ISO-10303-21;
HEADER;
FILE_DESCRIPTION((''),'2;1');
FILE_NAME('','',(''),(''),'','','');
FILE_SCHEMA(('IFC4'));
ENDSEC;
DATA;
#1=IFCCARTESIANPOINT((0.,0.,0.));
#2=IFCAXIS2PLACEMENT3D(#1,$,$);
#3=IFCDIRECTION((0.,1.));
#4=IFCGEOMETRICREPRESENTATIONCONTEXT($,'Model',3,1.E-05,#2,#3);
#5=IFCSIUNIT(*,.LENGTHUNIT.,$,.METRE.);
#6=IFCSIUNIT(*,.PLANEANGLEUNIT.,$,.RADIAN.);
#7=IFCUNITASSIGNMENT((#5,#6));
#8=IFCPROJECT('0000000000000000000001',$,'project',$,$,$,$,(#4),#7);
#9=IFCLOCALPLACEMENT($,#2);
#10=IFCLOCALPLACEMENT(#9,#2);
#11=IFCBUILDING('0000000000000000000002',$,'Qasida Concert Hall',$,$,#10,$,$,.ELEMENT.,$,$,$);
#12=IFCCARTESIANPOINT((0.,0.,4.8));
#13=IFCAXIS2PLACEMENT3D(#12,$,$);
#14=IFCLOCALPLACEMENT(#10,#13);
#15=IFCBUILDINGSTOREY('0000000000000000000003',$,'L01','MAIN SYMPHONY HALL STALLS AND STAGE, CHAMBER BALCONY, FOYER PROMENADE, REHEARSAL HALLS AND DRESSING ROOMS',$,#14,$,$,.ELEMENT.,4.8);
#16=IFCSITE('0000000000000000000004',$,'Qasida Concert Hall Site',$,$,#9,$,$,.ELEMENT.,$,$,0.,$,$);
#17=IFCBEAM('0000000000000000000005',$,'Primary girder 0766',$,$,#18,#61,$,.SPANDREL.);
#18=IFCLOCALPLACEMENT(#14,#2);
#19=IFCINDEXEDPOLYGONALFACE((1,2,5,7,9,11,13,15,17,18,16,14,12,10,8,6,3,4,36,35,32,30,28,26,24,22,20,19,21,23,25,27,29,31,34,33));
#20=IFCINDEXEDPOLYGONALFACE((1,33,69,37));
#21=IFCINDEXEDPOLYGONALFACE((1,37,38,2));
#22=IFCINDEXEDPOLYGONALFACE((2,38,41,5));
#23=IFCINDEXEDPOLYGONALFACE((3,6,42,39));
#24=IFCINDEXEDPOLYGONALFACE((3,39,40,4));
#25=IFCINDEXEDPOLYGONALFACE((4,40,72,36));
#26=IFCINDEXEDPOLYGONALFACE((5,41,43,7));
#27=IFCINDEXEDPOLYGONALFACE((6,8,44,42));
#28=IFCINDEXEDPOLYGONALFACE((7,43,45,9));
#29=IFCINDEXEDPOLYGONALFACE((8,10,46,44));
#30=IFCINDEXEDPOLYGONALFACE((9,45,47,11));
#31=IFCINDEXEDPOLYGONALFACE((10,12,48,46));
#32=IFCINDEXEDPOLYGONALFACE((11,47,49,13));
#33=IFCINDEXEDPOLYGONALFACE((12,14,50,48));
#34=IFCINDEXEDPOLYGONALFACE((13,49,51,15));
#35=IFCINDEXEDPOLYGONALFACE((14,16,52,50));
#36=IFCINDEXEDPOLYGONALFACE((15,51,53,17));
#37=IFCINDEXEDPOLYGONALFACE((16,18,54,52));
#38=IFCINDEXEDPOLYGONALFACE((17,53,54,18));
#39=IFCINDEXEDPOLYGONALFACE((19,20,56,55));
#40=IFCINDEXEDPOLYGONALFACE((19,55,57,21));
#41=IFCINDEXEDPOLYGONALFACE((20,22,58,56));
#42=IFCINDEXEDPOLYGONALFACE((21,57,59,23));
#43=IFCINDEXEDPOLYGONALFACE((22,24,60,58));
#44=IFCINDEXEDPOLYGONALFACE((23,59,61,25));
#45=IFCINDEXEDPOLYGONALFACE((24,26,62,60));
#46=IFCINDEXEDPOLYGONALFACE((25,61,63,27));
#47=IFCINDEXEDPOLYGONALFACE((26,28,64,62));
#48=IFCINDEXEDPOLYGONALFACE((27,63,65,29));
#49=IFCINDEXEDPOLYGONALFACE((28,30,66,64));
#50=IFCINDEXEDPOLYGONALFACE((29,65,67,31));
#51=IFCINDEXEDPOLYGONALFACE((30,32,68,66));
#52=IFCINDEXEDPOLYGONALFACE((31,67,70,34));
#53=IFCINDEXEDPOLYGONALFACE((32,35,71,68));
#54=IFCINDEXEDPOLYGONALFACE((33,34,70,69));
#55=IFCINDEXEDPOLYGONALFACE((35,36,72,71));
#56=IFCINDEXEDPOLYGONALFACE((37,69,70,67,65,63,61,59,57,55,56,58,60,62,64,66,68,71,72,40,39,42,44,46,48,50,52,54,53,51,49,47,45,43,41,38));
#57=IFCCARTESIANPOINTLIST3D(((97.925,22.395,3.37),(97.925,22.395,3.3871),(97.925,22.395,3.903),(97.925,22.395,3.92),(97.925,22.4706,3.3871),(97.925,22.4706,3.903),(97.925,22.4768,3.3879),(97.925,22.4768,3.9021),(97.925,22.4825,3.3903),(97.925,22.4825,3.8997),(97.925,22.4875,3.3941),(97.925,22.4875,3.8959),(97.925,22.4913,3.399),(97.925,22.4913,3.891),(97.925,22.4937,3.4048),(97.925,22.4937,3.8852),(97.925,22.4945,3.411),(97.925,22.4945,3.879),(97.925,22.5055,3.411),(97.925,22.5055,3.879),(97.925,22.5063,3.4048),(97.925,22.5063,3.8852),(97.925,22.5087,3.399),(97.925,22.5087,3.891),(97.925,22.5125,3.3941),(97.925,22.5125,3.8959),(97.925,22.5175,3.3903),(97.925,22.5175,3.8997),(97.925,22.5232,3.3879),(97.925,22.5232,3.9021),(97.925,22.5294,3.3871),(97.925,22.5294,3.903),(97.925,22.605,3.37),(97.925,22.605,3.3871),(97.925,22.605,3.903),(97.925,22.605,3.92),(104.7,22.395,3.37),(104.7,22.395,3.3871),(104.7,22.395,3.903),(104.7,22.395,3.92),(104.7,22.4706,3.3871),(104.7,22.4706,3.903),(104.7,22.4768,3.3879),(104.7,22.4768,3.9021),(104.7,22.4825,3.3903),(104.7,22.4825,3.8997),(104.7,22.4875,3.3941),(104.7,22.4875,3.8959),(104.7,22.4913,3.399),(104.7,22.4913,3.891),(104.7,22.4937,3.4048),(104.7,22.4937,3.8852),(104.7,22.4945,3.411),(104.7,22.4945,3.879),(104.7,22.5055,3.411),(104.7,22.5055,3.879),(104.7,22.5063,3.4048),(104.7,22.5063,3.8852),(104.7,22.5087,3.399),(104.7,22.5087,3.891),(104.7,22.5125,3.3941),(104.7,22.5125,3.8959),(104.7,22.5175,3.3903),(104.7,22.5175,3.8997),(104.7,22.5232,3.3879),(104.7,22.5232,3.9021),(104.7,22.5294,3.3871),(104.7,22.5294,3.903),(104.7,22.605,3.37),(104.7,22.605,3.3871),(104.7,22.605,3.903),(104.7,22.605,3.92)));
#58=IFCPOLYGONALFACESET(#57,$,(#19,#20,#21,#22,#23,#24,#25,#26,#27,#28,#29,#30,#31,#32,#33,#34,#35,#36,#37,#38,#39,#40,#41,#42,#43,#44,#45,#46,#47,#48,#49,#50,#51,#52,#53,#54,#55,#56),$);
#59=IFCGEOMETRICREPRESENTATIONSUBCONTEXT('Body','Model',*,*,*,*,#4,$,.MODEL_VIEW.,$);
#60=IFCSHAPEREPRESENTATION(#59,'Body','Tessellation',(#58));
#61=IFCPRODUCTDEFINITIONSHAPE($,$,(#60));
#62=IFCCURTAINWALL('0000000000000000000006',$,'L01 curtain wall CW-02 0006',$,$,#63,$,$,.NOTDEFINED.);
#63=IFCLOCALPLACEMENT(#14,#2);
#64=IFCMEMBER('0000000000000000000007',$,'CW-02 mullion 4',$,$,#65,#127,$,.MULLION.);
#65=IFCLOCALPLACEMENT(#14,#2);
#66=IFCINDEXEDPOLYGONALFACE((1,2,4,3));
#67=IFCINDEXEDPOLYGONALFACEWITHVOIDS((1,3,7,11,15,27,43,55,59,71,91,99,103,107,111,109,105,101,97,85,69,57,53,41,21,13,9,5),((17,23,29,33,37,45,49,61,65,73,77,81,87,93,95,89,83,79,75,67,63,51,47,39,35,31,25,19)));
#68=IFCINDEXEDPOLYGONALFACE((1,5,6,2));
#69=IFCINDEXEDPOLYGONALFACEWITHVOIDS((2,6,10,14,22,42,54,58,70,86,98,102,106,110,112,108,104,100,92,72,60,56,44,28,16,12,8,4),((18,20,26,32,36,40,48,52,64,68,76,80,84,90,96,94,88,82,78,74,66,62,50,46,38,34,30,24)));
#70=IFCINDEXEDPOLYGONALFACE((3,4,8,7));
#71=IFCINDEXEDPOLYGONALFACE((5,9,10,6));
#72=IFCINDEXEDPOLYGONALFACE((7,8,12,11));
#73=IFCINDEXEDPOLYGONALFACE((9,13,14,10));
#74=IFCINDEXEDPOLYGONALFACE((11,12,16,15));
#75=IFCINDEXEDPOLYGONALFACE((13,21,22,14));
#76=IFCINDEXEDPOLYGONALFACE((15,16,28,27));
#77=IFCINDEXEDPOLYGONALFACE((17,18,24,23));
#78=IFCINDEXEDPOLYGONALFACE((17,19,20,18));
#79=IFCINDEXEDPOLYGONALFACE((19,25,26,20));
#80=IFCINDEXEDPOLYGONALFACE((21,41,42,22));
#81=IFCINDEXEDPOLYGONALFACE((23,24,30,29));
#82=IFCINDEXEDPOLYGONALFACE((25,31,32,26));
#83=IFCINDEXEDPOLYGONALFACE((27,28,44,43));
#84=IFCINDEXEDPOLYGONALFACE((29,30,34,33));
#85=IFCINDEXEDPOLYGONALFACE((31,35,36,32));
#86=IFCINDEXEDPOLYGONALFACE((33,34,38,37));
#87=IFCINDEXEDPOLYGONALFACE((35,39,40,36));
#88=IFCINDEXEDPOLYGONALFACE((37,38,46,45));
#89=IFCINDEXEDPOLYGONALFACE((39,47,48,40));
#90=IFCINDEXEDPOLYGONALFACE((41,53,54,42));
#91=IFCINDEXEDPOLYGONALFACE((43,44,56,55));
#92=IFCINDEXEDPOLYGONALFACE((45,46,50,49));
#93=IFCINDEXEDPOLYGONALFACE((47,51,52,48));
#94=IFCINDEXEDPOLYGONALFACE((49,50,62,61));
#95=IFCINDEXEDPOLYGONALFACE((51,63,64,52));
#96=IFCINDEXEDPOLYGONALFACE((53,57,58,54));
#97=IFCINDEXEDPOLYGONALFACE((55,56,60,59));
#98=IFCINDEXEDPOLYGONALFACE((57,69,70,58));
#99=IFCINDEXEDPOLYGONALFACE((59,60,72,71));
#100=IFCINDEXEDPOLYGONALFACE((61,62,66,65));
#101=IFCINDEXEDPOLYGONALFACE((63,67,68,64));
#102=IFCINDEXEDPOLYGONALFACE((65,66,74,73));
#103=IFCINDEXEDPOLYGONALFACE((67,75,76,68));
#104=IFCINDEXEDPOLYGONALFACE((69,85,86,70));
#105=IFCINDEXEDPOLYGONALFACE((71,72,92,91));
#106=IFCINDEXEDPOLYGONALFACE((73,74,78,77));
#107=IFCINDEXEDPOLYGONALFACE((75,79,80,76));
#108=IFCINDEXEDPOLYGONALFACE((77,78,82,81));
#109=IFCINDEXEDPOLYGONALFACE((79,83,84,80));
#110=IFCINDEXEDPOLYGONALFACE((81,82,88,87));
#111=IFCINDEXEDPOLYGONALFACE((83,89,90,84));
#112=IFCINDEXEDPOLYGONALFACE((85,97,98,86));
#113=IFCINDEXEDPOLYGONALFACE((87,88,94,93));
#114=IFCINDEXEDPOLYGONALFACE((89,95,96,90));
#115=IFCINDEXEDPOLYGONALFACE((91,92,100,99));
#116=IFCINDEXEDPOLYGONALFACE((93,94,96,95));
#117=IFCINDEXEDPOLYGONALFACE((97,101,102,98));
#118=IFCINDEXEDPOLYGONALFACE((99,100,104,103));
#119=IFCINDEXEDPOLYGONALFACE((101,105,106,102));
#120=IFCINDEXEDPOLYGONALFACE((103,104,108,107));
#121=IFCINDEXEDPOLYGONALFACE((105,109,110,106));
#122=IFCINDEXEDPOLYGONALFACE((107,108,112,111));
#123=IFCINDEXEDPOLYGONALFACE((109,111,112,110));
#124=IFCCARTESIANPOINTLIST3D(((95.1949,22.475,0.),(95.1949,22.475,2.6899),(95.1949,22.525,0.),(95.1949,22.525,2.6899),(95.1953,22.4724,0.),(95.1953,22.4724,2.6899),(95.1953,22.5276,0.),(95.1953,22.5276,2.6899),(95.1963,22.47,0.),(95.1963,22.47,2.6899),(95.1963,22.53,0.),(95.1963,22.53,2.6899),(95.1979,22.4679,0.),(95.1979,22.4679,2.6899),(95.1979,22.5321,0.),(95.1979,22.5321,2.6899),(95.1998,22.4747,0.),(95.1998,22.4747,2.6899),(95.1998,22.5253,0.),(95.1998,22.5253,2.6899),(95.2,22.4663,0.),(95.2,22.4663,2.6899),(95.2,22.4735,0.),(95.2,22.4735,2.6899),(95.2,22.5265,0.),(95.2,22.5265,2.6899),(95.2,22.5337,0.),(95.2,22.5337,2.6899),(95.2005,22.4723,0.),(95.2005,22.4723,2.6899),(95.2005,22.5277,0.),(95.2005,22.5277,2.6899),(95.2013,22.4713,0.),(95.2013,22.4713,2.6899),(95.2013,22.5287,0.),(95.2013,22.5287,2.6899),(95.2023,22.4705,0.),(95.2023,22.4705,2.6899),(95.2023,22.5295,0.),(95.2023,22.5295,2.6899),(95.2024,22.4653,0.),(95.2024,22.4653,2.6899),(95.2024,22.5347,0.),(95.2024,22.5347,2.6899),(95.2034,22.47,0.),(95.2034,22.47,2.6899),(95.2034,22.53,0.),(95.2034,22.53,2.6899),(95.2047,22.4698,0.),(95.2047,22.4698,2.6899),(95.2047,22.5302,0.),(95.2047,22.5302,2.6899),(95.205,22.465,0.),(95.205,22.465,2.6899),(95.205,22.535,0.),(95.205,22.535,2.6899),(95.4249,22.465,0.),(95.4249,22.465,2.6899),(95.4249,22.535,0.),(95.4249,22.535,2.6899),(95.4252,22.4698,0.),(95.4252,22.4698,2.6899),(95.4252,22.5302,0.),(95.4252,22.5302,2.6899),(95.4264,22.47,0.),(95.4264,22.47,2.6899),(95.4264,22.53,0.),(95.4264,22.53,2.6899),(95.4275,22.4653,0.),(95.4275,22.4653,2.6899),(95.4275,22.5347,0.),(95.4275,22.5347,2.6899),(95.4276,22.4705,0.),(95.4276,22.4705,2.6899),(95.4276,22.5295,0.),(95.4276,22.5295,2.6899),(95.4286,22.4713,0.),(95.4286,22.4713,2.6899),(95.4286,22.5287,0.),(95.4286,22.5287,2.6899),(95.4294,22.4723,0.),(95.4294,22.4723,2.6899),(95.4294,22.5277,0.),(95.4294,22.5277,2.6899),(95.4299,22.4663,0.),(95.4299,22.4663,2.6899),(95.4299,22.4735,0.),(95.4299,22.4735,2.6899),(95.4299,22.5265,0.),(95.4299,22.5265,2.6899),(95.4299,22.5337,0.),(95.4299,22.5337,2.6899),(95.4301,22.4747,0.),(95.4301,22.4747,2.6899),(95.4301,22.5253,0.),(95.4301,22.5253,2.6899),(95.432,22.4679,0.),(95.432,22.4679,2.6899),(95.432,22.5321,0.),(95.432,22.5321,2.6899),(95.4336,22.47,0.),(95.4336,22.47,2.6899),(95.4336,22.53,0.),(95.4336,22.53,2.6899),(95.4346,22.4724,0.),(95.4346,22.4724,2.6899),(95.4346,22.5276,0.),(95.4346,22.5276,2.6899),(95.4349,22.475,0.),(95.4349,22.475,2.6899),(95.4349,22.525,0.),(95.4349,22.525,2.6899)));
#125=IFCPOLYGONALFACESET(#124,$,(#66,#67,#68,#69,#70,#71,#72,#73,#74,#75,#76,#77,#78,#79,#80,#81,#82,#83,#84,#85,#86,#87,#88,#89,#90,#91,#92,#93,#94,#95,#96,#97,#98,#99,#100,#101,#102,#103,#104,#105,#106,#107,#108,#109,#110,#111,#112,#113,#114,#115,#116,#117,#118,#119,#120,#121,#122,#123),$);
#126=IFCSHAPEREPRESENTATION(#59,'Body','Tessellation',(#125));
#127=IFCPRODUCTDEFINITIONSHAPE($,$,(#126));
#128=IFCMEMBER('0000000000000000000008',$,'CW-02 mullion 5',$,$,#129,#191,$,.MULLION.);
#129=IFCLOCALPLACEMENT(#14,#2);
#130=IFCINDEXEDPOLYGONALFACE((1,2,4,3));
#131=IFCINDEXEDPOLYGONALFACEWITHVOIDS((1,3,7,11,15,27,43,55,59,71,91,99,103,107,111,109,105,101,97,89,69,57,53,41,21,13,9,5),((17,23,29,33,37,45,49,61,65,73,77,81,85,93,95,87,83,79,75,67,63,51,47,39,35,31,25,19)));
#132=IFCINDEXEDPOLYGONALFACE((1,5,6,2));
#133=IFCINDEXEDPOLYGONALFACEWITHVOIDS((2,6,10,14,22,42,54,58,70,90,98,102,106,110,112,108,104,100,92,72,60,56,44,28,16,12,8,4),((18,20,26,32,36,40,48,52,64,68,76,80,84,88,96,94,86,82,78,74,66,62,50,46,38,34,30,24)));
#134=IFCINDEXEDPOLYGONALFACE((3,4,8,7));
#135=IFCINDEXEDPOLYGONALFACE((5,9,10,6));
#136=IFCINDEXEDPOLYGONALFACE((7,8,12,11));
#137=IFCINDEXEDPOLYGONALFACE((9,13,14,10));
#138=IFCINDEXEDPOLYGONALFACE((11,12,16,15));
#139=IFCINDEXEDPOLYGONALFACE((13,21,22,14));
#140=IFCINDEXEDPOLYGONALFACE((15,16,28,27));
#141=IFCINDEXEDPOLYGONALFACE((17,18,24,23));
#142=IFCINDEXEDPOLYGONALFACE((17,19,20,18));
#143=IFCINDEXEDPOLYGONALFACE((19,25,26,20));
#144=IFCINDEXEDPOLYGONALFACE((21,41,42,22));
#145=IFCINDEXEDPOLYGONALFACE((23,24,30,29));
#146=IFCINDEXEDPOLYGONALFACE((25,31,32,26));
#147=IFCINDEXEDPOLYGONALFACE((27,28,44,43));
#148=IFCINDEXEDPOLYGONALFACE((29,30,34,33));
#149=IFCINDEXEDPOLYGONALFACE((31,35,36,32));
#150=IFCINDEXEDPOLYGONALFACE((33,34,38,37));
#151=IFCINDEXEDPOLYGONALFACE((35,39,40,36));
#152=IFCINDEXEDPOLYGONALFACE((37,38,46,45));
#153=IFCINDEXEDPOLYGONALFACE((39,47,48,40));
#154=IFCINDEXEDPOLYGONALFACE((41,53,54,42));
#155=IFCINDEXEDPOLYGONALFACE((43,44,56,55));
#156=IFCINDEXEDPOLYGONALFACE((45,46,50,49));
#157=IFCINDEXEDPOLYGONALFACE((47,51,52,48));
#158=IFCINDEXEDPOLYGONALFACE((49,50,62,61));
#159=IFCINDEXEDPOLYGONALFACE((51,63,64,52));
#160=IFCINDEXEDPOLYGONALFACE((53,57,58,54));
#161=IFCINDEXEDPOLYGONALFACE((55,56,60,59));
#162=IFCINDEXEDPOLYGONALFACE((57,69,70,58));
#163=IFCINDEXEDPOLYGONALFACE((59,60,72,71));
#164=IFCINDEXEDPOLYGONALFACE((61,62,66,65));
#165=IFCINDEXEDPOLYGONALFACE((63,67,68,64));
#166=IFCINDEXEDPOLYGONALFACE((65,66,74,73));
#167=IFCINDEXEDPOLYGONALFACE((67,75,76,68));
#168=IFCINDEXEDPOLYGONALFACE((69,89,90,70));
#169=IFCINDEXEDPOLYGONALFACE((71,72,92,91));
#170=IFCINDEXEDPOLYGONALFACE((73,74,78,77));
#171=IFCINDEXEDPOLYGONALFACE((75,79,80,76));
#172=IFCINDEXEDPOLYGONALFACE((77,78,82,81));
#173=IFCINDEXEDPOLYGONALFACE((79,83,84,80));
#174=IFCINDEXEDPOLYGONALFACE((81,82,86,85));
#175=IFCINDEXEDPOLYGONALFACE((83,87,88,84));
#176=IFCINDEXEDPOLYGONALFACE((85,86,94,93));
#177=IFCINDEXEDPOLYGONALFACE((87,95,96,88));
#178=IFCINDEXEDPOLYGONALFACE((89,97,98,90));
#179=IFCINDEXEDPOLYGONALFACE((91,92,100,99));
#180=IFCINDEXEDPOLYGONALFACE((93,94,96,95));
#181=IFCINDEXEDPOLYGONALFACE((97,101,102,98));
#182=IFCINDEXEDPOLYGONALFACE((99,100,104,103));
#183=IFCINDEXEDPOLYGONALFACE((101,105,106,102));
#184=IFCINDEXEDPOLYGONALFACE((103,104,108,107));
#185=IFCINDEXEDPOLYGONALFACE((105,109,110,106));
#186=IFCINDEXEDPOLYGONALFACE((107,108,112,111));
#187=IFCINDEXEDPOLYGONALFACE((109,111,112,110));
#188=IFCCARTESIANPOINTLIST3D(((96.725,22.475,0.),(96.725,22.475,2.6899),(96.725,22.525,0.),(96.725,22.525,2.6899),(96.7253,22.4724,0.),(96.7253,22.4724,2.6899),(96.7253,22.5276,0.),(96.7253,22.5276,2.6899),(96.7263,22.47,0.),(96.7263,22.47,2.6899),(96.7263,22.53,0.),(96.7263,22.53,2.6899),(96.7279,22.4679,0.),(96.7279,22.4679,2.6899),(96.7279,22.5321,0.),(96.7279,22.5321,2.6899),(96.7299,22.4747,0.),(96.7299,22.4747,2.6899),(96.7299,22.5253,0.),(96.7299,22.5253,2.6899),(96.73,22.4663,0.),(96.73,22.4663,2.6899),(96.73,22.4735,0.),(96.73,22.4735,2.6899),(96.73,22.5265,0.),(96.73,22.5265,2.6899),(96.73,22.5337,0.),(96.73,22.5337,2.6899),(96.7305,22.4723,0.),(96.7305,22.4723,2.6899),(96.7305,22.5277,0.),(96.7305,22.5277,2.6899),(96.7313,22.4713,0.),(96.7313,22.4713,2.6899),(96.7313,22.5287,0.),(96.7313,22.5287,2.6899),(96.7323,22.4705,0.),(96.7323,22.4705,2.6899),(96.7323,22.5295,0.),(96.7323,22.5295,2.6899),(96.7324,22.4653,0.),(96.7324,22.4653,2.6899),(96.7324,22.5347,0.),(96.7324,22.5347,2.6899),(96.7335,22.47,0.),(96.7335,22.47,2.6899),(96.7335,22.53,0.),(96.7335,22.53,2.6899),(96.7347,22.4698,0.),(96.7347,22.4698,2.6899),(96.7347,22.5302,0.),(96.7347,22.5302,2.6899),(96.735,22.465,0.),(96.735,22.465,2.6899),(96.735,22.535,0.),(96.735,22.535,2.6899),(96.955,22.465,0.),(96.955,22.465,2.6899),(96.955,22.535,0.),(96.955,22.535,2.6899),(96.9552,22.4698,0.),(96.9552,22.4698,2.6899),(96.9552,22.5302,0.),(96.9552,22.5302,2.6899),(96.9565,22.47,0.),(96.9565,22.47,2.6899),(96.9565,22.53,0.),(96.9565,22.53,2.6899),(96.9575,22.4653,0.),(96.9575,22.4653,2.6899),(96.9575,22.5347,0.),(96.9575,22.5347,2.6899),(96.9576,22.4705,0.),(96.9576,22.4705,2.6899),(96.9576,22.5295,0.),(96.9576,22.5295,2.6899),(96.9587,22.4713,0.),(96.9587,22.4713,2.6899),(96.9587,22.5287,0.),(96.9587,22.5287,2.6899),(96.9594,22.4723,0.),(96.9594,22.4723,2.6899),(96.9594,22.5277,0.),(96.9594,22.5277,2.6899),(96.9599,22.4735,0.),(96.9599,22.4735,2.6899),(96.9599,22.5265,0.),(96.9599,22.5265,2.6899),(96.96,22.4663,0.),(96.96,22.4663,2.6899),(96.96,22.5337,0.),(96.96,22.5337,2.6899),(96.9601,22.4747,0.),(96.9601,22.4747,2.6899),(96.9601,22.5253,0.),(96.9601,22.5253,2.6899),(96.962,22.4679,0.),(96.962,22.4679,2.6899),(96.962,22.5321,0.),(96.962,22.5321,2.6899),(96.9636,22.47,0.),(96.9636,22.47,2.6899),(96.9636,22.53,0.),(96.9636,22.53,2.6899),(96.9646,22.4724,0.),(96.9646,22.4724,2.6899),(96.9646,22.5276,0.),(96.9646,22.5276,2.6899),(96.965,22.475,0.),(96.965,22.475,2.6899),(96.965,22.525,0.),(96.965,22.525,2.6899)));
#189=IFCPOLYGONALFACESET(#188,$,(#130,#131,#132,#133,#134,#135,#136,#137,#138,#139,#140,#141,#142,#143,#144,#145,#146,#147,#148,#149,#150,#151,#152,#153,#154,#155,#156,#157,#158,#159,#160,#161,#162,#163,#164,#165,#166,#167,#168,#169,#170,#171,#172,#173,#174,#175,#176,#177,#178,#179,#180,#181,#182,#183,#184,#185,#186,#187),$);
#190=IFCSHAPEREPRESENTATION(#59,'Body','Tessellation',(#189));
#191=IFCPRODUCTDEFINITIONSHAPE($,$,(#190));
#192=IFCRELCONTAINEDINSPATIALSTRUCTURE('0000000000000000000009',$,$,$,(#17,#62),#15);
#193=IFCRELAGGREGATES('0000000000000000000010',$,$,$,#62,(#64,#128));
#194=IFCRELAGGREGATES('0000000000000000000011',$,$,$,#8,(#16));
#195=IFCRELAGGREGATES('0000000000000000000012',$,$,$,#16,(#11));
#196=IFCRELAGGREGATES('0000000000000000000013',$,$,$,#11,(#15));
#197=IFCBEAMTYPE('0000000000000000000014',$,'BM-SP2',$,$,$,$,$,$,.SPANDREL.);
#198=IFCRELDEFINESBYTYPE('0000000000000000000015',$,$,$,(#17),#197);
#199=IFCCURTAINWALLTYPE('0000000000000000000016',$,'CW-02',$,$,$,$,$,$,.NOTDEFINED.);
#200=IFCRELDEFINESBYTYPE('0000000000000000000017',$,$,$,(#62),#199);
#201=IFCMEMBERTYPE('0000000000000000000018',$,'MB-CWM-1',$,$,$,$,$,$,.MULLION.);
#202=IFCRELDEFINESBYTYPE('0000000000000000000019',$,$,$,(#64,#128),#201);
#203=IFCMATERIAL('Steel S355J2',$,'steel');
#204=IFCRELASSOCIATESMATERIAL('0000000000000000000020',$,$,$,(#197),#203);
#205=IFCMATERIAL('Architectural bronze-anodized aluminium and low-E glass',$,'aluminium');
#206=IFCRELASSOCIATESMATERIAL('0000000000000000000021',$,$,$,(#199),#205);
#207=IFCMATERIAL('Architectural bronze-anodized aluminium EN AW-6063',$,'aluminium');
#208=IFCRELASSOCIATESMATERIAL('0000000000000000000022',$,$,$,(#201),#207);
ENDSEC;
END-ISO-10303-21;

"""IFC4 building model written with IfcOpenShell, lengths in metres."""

from ifc_helpers import new_model, si_unit, direction, frame, origin, origin_2d, place, context, subcontext, project, spatial, hollow_rectangle, i_section, extrude, material, material_profile, profile_set, type_object, element, aggregate, save


model = new_model("IFC4")

# Units and contexts
model_context = context("Model", 3, precision=1e-05, world=origin(), true_north=direction((0.0, 1.0)))
body_context = subcontext(model_context, "Body", "Model", "MODEL_VIEW")
ifc_project = project(units=[si_unit("LENGTHUNIT", "METRE"), si_unit("PLANEANGLEUNIT", "RADIAN")], contexts=[model_context])

# Site, building, storey
site_placement = place(None, origin())
site = spatial("IfcSite", under=ifc_project, at=site_placement, Name="Qasida Concert Hall Site", CompositionType="ELEMENT", RefElevation=0.0)
building_placement = place(site_placement, origin())
building = spatial("IfcBuilding", under=site, at=building_placement, Name="Qasida Concert Hall", CompositionType="ELEMENT")
storey_placement = place(building_placement, frame((0.0, 0.0, 4.8)))
storey = spatial("IfcBuildingStorey", under=building, at=storey_placement, Name="L01", Description="MAIN SYMPHONY HALL STALLS AND STAGE, CHAMBER BALCONY, FOYER PROMENADE, REHEARSAL HALLS AND DRESSING ROOMS", CompositionType="ELEMENT", Elevation=4.8)

# Beam
ifc_material_1 = material(Name="Steel S355J2", Category="steel")
ifc_material_profile_1 = material_profile(ifc_material_1, i_section(OverallWidth=0.21, OverallDepth=0.55, WebThickness=0.011, FlangeThickness=0.0171, FilletRadius=0.0239, at=origin_2d()), Name="IPE 550")
ifc_profile_set_1 = profile_set([ifc_material_profile_1], Name="Steel S355J2")
beam_type_1 = type_object("IfcBeamType", Name="BM-SP2", PredefinedType="SPANDREL", material=ifc_profile_set_1)
beam_1_placement = place(storey_placement, frame((97.925, 22.5, 3.645), z_axis=(1.0, 0.0, 0.0), x_axis=(0.0, 1.0, 0.0)))
element("IfcBeam", 1, at=beam_1_placement, inside=storey, type_object=beam_type_1, Name="Primary girder 0766", PredefinedType="SPANDREL", context=body_context, shape_type="SweptSolid", body=[
    extrude(i_section(OverallWidth=0.21, OverallDepth=0.55, WebThickness=0.011, FlangeThickness=0.0171, FilletRadius=0.0239, at=origin_2d()), origin(), (0.0, 0.0, 1.0), 6.7749),
])

# Curtain wall, members
ifc_material_2 = material(Name="Architectural bronze-anodized aluminium and low-E glass", Category="aluminium")
curtain_wall_type = type_object("IfcCurtainWallType", Name="CW-02", PredefinedType="NOTDEFINED", material=ifc_material_2)
curtain_wall_1_placement = place(storey_placement, origin())
curtain_wall_1 = element("IfcCurtainWall", 2, at=curtain_wall_1_placement, inside=storey, type_object=curtain_wall_type, Name="L01 curtain wall CW-02 0006", PredefinedType="NOTDEFINED")
ifc_material_3 = material(Name="Architectural bronze-anodized aluminium EN AW-6063", Category="aluminium")
ifc_material_profile_2 = material_profile(ifc_material_3, hollow_rectangle(XDim=0.0701, YDim=0.24, WallThickness=0.0049, InnerFilletRadius=0.0049, OuterFilletRadius=0.01, at=origin_2d()), Name="CWM 240x70x5")
ifc_profile_set_2 = profile_set([ifc_material_profile_2], Name="Architectural bronze-anodized aluminium EN AW-6063")
member_type_1 = type_object("IfcMemberType", Name="MB-CWM-1", PredefinedType="MULLION", material=ifc_profile_set_2)
member_1_placement = place(storey_placement, frame((95.3149, 22.5, 0.0), z_axis=(0.0, 0.0, 1.0), x_axis=(0.0, 1.0, 0.0)))
member_1 = element("IfcMember", 3, at=member_1_placement, type_object=member_type_1, Name="CW-02 mullion 4", PredefinedType="MULLION", context=body_context, shape_type="SweptSolid", body=[
    extrude(hollow_rectangle(XDim=0.0701, YDim=0.24, WallThickness=0.0049, InnerFilletRadius=0.0049, OuterFilletRadius=0.01, at=origin_2d()), origin(), (0.0, 0.0, 1.0), 2.6899),
])
member_2_placement = place(storey_placement, frame((96.845, 22.5, 0.0), z_axis=(0.0, 0.0, 1.0), x_axis=(0.0, 1.0, 0.0)))
member_2 = element("IfcMember", 4, at=member_2_placement, type_object=member_type_1, Name="CW-02 mullion 5", PredefinedType="MULLION", context=body_context, shape_type="SweptSolid", body=[
    extrude(hollow_rectangle(XDim=0.0701, YDim=0.24, WallThickness=0.0049, InnerFilletRadius=0.0049, OuterFilletRadius=0.01, at=origin_2d()), origin(), (0.0, 0.0, 1.0), 2.6899),
])

aggregate(curtain_wall_1, [member_1, member_2])

save(model, "model.ifc")
